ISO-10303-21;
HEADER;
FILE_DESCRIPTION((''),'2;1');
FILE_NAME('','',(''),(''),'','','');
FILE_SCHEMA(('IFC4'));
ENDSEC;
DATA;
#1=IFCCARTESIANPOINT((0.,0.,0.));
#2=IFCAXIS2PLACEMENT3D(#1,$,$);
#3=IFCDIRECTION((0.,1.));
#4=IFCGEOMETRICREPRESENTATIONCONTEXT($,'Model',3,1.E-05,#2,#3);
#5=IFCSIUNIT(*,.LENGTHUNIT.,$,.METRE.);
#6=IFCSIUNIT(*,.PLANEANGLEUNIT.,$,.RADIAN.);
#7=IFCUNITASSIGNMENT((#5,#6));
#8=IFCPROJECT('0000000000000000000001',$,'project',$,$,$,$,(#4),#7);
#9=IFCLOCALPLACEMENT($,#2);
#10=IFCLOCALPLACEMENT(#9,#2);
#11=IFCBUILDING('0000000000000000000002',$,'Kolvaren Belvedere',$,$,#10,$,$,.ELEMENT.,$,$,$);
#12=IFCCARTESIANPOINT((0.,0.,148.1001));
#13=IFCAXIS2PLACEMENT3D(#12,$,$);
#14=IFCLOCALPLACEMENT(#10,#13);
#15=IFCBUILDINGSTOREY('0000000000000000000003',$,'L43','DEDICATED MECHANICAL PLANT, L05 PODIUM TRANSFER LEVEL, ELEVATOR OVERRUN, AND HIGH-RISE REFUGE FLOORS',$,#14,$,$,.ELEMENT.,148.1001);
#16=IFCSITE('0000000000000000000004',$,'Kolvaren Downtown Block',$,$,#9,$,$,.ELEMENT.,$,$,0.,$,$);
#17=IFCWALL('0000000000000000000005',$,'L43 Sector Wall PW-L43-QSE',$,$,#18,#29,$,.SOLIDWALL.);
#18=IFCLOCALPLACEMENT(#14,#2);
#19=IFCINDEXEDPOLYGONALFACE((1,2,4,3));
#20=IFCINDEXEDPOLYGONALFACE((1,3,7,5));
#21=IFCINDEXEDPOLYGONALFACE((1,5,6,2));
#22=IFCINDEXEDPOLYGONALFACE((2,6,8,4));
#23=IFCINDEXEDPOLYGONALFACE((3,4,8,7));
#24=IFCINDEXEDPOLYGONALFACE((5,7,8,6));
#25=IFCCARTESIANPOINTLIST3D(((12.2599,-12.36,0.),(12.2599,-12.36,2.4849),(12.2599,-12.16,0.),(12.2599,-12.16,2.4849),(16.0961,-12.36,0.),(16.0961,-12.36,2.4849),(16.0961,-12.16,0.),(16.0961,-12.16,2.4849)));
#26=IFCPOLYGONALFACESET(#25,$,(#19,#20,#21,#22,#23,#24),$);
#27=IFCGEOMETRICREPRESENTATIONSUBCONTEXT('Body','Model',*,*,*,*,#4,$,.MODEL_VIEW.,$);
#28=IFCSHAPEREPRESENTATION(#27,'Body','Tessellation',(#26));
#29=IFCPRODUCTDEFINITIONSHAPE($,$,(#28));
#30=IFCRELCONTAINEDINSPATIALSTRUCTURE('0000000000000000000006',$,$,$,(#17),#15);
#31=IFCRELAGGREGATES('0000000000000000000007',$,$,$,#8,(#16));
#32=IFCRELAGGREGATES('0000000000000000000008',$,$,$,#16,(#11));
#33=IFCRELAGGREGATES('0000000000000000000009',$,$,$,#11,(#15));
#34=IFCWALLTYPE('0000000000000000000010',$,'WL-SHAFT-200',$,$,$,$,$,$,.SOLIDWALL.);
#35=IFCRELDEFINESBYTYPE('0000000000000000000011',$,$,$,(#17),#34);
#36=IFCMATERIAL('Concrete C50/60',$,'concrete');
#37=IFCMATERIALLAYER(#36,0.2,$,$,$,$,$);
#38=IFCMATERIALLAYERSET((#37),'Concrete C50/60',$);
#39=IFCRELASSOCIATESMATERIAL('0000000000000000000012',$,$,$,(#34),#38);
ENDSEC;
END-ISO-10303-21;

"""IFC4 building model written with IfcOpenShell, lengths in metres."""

from ifc_helpers import new_model, si_unit, direction, frame, frame_2d, origin, place, context, subcontext, project, spatial, rectangle, extrude, material, layer, layer_set, type_object, element, save


model = new_model("IFC4")

# Units and contexts
model_context = context("Model", 3, precision=1e-05, world=origin(), true_north=direction((0.0, 1.0)))
body_context = subcontext(model_context, "Body", "Model", "MODEL_VIEW")
ifc_project = project(units=[si_unit("LENGTHUNIT", "METRE"), si_unit("PLANEANGLEUNIT", "RADIAN")], contexts=[model_context])

# Site, building, storey
site_placement = place(None, origin())
site = spatial("IfcSite", under=ifc_project, at=site_placement, Name="Kolvaren Downtown Block", CompositionType="ELEMENT", RefElevation=0.0)
building_placement = place(site_placement, origin())
building = spatial("IfcBuilding", under=site, at=building_placement, Name="Kolvaren Belvedere", CompositionType="ELEMENT")
storey_placement = place(building_placement, frame((0.0, 0.0, 148.1001)))
storey = spatial("IfcBuildingStorey", under=building, at=storey_placement, Name="L43", Description="DEDICATED MECHANICAL PLANT, L05 PODIUM TRANSFER LEVEL, ELEVATOR OVERRUN, AND HIGH-RISE REFUGE FLOORS", CompositionType="ELEMENT", Elevation=148.1001)

# Shared definitions
ifc_material_1 = material(Name="Concrete C50/60", Category="concrete")
ifc_layer_1 = layer(ifc_material_1, 0.2)
ifc_layer_set_1 = layer_set([ifc_layer_1], Name="Concrete C50/60")
wall_type_1 = type_object("IfcWallType", Name="WL-SHAFT-200", PredefinedType="SOLIDWALL", material=ifc_layer_set_1)

# Wall
wall_1_placement = place(storey_placement, frame((12.26, -12.26, 0.0), z_axis=(0.0, 0.0, 1.0), x_axis=(1.0, 0.0, 0.0)))
element("IfcWall", 1, at=wall_1_placement, inside=storey, type_object=wall_type_1, Name="L43 Sector Wall PW-L43-QSE", PredefinedType="SOLIDWALL", context=body_context, shape_type="SweptSolid", body=[
    extrude(rectangle(XDim=3.8362, YDim=0.2, at=frame_2d((1.918, 0.0))), origin(), (0.0, 0.0, 1.0), 2.4849),
])

save(model, "model.ifc")
